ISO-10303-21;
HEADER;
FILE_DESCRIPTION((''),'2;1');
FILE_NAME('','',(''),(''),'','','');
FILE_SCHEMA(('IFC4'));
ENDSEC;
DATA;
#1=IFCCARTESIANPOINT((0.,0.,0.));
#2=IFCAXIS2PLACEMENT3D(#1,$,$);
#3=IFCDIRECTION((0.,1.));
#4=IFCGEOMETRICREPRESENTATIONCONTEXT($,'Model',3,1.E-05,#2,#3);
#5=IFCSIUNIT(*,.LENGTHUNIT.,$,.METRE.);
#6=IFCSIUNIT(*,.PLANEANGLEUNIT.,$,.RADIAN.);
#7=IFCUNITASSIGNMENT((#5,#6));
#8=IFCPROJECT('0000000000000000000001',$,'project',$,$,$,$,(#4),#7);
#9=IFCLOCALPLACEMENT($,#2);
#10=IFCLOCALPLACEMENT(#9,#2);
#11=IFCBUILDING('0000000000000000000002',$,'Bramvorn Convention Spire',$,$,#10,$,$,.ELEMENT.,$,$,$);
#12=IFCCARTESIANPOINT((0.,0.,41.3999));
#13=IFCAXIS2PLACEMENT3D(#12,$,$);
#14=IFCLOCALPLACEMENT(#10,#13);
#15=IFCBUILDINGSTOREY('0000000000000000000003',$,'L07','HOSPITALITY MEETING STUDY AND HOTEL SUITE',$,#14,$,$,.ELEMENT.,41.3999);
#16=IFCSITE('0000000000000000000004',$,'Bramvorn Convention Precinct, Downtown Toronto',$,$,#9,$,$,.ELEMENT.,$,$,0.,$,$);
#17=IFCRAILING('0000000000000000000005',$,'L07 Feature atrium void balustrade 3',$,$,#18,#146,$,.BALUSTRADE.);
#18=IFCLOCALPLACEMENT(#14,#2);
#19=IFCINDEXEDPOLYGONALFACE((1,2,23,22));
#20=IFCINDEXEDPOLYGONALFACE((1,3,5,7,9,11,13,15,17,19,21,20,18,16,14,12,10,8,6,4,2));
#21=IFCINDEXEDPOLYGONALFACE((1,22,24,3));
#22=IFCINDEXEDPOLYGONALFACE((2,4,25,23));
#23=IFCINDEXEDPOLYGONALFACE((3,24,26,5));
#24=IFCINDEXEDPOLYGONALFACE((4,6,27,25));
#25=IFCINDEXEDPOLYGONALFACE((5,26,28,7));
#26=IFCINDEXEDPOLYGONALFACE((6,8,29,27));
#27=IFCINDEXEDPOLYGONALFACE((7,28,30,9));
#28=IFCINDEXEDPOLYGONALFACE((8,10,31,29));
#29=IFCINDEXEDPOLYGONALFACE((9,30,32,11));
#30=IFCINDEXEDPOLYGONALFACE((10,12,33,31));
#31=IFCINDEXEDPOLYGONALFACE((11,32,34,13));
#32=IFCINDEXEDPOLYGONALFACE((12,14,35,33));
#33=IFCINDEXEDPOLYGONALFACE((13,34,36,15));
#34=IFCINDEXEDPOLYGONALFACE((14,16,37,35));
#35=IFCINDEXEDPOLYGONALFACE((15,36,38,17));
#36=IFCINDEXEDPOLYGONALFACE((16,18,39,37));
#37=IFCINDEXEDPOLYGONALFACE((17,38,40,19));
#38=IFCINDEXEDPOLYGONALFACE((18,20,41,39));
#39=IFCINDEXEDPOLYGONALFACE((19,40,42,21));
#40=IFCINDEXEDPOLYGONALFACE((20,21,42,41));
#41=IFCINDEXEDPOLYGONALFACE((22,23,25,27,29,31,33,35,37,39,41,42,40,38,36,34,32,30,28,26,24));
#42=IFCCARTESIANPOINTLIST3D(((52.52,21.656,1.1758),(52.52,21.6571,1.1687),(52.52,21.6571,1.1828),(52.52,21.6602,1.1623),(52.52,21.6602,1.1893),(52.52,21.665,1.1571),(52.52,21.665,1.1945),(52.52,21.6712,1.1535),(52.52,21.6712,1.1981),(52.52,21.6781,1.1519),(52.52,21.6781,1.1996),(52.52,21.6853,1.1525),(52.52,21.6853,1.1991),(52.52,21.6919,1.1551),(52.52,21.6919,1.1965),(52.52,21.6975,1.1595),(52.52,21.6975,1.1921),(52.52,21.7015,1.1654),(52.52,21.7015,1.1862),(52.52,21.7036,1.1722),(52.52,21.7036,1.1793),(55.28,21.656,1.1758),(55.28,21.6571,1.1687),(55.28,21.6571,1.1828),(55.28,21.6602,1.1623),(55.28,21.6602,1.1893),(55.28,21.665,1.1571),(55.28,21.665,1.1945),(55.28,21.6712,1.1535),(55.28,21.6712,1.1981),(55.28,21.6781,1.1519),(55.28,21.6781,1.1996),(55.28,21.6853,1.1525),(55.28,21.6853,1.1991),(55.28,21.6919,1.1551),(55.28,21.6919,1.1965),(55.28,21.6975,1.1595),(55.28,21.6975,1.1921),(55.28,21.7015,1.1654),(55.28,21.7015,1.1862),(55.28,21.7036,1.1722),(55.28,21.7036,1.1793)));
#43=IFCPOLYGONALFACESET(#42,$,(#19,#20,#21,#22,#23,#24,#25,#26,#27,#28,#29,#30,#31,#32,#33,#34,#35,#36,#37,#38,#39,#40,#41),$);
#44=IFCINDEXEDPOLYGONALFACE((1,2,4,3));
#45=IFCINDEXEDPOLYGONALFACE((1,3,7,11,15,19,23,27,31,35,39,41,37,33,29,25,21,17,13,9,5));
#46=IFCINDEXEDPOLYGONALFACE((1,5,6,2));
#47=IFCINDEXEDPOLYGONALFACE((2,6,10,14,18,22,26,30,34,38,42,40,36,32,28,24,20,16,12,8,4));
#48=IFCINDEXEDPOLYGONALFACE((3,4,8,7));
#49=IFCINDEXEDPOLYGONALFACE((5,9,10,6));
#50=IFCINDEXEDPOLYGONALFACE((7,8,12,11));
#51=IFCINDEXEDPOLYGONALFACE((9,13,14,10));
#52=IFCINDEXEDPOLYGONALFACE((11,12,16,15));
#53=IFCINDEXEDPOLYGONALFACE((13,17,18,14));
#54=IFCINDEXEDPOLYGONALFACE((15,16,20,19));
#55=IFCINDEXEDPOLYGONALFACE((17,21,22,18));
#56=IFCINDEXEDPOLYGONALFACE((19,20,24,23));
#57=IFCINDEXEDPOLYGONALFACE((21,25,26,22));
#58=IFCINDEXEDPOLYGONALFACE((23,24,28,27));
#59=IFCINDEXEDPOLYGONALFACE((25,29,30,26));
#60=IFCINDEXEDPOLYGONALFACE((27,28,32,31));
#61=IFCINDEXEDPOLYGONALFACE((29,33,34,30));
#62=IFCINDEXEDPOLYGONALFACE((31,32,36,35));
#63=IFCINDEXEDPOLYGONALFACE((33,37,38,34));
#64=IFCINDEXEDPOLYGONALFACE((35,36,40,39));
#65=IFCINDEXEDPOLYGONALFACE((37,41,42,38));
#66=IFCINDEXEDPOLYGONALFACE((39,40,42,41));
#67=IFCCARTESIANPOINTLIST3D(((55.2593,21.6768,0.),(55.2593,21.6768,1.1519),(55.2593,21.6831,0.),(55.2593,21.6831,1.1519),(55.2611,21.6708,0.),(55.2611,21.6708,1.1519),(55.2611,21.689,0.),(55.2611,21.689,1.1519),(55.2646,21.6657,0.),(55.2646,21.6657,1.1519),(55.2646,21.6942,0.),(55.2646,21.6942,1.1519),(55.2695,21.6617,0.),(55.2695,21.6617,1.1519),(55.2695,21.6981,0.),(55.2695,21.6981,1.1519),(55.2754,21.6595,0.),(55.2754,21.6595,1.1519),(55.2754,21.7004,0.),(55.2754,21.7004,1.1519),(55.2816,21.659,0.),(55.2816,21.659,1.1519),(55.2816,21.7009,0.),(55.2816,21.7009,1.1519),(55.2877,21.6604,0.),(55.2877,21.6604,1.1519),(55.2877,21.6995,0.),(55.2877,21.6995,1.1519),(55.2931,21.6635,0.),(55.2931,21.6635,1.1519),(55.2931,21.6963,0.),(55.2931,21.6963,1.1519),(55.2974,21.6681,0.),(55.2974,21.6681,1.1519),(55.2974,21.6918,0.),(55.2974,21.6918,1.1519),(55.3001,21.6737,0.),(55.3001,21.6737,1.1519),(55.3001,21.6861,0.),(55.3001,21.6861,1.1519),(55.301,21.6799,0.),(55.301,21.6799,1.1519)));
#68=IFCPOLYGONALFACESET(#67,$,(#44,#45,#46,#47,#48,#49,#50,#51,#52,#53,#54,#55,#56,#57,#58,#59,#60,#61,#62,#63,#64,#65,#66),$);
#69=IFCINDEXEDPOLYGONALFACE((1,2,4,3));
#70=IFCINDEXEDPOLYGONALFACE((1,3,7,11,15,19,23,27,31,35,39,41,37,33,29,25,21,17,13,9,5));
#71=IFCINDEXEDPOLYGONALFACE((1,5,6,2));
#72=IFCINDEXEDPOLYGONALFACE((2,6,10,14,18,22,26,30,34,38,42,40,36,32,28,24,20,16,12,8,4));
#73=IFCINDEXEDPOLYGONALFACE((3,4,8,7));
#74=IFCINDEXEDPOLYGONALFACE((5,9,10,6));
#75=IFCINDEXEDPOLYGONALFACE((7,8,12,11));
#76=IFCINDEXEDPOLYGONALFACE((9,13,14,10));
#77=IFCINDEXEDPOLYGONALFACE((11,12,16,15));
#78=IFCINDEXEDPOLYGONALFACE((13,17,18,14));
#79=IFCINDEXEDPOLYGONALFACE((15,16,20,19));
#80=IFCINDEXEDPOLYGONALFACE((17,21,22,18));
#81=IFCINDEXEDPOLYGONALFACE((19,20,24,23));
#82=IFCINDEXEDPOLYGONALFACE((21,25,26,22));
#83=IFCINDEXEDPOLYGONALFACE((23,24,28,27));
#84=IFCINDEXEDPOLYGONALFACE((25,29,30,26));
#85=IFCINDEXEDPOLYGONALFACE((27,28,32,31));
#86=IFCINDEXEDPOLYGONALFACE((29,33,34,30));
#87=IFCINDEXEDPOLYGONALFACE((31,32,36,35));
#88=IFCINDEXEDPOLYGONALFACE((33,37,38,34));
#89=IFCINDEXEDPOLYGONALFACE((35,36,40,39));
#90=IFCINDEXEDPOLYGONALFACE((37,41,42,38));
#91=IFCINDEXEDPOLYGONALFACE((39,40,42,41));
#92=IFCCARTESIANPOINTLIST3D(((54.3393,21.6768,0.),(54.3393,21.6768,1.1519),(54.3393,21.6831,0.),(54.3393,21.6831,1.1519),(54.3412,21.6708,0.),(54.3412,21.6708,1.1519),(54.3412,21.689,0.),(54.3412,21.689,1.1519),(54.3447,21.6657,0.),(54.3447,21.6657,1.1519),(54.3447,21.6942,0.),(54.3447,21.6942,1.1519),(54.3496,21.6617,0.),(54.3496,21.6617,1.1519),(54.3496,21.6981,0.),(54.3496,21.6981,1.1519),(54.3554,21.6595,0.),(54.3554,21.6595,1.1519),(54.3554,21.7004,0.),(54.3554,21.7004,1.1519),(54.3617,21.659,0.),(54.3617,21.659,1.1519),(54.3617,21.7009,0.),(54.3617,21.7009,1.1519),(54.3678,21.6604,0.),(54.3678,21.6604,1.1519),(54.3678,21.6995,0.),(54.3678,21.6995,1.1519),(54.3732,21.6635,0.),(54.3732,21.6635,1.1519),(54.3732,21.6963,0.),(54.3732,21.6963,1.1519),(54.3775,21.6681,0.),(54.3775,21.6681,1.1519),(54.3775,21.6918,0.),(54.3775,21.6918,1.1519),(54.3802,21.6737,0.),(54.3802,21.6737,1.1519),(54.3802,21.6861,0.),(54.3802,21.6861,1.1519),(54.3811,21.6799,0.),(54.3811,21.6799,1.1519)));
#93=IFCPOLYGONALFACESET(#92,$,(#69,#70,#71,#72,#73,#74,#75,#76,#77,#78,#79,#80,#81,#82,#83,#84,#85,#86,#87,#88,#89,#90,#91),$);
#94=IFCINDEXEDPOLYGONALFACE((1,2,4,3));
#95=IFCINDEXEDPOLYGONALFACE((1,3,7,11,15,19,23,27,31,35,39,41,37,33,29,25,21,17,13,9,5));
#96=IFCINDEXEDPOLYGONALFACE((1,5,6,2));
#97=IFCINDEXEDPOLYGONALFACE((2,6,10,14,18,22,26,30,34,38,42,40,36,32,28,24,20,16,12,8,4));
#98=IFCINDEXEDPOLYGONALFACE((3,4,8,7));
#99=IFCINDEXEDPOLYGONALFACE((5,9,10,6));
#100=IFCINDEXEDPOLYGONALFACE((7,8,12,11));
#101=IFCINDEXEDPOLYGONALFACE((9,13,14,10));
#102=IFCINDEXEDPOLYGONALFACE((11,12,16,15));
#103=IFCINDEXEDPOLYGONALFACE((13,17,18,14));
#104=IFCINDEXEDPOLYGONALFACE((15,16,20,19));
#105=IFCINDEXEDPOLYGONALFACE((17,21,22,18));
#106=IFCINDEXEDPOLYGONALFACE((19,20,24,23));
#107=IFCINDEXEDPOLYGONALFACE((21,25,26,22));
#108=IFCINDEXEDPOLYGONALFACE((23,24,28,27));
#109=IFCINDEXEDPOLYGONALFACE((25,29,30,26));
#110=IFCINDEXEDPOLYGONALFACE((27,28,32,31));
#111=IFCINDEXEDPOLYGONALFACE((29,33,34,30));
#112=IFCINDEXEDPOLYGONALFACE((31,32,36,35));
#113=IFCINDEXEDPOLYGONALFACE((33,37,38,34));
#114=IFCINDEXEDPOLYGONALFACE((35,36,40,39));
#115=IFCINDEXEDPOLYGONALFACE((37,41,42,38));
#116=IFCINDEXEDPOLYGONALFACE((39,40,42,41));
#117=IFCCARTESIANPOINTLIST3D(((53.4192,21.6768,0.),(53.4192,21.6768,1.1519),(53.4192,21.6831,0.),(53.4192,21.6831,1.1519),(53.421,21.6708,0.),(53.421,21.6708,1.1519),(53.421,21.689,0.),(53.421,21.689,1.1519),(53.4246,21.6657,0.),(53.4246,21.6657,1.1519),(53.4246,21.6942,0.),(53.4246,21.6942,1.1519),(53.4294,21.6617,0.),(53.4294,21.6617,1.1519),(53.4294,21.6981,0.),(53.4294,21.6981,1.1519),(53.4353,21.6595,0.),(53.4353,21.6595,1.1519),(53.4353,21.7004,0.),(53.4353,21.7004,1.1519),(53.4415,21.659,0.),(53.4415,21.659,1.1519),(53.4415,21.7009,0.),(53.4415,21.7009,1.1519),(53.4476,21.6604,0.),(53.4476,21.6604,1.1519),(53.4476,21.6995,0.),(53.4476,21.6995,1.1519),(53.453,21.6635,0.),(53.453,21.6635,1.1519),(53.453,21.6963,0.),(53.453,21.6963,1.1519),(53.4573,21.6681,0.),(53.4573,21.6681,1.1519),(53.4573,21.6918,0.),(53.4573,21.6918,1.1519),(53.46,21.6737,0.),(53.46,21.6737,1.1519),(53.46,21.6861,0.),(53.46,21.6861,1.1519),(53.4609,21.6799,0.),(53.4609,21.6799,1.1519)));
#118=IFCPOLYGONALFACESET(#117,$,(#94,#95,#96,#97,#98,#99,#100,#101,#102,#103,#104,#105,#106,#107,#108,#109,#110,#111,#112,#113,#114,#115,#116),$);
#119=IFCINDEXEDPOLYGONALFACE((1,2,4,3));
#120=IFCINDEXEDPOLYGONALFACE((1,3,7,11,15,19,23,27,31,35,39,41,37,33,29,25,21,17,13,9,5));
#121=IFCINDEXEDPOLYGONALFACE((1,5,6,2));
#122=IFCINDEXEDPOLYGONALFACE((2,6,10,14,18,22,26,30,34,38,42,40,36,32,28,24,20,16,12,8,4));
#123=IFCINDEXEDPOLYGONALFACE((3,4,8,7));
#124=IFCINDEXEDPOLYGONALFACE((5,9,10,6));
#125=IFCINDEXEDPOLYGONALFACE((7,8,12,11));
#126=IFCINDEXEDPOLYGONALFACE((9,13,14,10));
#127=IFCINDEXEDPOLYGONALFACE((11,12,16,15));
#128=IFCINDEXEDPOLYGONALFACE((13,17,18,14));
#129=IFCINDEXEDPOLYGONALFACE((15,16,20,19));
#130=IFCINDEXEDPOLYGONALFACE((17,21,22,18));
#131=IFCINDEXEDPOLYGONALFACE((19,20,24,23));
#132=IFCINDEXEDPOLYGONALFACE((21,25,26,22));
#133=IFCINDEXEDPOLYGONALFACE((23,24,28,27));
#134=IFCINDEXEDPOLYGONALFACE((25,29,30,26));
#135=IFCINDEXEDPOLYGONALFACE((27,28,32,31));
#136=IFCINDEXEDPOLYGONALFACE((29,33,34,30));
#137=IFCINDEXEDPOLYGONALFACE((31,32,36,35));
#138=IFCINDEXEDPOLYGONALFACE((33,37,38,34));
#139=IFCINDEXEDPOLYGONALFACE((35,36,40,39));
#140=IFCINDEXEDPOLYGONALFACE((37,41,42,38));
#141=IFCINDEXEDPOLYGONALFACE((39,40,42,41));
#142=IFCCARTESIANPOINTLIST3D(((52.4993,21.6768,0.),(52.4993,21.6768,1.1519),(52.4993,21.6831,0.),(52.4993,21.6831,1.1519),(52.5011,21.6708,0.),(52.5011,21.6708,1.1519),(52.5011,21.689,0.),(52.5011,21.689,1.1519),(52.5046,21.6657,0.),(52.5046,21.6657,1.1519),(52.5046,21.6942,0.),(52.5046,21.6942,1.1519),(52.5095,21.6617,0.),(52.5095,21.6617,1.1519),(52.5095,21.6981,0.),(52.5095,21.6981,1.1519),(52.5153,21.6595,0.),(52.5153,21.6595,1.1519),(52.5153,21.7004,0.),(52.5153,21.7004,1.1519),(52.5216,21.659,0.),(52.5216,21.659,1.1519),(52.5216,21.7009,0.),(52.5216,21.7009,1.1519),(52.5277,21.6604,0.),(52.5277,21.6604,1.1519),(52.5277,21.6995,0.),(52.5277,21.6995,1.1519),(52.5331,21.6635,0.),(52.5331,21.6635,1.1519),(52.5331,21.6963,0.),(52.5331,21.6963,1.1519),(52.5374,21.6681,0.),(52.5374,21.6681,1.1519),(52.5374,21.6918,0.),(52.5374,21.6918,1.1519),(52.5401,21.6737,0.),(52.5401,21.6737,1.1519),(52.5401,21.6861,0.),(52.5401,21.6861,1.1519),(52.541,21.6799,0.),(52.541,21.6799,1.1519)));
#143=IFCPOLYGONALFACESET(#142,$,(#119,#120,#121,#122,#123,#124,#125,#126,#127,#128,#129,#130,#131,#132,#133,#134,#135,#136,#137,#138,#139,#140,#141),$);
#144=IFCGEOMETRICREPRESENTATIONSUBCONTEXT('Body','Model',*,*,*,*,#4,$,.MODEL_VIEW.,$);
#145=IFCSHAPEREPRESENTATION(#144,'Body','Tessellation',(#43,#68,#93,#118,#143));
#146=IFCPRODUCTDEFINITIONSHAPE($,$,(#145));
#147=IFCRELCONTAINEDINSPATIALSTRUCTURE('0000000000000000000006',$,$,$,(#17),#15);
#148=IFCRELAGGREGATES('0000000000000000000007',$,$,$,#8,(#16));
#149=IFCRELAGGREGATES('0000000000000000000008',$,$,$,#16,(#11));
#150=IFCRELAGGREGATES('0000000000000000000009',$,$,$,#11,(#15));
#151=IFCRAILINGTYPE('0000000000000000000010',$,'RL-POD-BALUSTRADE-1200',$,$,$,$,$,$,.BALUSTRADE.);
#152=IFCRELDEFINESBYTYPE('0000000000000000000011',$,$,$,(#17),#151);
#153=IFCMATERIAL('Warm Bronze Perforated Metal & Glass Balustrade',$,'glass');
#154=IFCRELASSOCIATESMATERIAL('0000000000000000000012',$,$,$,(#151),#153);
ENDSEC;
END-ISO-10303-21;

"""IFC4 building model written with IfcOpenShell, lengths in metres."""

from ifc_helpers import new_model, si_unit, direction, frame, origin, origin_2d, place, context, subcontext, project, spatial, circle, extrude, material, type_object, element, save


model = new_model("IFC4")

# Units and contexts
model_context = context("Model", 3, precision=1e-05, world=origin(), true_north=direction((0.0, 1.0)))
body_context = subcontext(model_context, "Body", "Model", "MODEL_VIEW")
ifc_project = project(units=[si_unit("LENGTHUNIT", "METRE"), si_unit("PLANEANGLEUNIT", "RADIAN")], contexts=[model_context])

# Site, building, storey
site_placement = place(None, origin())
site = spatial("IfcSite", under=ifc_project, at=site_placement, Name="Bramvorn Convention Precinct, Downtown Toronto", CompositionType="ELEMENT", RefElevation=0.0)
building_placement = place(site_placement, origin())
building = spatial("IfcBuilding", under=site, at=building_placement, Name="Bramvorn Convention Spire", CompositionType="ELEMENT")
storey_placement = place(building_placement, frame((0.0, 0.0, 41.3999)))
storey = spatial("IfcBuildingStorey", under=building, at=storey_placement, Name="L07", Description="HOSPITALITY MEETING STUDY AND HOTEL SUITE", CompositionType="ELEMENT", Elevation=41.3999)

# Railing
ifc_material_1 = material(Name="Warm Bronze Perforated Metal & Glass Balustrade", Category="glass")
railing_type_1 = type_object("IfcRailingType", Name="RL-POD-BALUSTRADE-1200", PredefinedType="BALUSTRADE", material=ifc_material_1)
railing_1_placement = place(storey_placement, frame((55.28, 21.6799, 0.0)))
element("IfcRailing", 1, at=railing_1_placement, inside=storey, type_object=railing_type_1, Name="L07 Feature atrium void balustrade 3", PredefinedType="BALUSTRADE", context=body_context, shape_type="SweptSolid", body=[
    extrude(circle(Radius=0.0239, at=origin_2d()), frame((0.0, 0.0, 1.1758), z_axis=(-1.0, 0.0, 0.0), x_axis=(0.0, -1.0, 0.0)), (0.0, 0.0, 1.0), 2.76),
    extrude(circle(Radius=0.021, at=origin_2d()), origin(), (0.0, 0.0, 1.0), 1.1519),
    extrude(circle(Radius=0.021, at=origin_2d()), frame((-0.9199, 0.0, 0.0)), (0.0, 0.0, 1.0), 1.1519),
    extrude(circle(Radius=0.021, at=origin_2d()), frame((-1.8401, 0.0, 0.0)), (0.0, 0.0, 1.0), 1.1519),
    extrude(circle(Radius=0.021, at=origin_2d()), frame((-2.76, 0.0, 0.0)), (0.0, 0.0, 1.0), 1.1519),
])

save(model, "model.ifc")
